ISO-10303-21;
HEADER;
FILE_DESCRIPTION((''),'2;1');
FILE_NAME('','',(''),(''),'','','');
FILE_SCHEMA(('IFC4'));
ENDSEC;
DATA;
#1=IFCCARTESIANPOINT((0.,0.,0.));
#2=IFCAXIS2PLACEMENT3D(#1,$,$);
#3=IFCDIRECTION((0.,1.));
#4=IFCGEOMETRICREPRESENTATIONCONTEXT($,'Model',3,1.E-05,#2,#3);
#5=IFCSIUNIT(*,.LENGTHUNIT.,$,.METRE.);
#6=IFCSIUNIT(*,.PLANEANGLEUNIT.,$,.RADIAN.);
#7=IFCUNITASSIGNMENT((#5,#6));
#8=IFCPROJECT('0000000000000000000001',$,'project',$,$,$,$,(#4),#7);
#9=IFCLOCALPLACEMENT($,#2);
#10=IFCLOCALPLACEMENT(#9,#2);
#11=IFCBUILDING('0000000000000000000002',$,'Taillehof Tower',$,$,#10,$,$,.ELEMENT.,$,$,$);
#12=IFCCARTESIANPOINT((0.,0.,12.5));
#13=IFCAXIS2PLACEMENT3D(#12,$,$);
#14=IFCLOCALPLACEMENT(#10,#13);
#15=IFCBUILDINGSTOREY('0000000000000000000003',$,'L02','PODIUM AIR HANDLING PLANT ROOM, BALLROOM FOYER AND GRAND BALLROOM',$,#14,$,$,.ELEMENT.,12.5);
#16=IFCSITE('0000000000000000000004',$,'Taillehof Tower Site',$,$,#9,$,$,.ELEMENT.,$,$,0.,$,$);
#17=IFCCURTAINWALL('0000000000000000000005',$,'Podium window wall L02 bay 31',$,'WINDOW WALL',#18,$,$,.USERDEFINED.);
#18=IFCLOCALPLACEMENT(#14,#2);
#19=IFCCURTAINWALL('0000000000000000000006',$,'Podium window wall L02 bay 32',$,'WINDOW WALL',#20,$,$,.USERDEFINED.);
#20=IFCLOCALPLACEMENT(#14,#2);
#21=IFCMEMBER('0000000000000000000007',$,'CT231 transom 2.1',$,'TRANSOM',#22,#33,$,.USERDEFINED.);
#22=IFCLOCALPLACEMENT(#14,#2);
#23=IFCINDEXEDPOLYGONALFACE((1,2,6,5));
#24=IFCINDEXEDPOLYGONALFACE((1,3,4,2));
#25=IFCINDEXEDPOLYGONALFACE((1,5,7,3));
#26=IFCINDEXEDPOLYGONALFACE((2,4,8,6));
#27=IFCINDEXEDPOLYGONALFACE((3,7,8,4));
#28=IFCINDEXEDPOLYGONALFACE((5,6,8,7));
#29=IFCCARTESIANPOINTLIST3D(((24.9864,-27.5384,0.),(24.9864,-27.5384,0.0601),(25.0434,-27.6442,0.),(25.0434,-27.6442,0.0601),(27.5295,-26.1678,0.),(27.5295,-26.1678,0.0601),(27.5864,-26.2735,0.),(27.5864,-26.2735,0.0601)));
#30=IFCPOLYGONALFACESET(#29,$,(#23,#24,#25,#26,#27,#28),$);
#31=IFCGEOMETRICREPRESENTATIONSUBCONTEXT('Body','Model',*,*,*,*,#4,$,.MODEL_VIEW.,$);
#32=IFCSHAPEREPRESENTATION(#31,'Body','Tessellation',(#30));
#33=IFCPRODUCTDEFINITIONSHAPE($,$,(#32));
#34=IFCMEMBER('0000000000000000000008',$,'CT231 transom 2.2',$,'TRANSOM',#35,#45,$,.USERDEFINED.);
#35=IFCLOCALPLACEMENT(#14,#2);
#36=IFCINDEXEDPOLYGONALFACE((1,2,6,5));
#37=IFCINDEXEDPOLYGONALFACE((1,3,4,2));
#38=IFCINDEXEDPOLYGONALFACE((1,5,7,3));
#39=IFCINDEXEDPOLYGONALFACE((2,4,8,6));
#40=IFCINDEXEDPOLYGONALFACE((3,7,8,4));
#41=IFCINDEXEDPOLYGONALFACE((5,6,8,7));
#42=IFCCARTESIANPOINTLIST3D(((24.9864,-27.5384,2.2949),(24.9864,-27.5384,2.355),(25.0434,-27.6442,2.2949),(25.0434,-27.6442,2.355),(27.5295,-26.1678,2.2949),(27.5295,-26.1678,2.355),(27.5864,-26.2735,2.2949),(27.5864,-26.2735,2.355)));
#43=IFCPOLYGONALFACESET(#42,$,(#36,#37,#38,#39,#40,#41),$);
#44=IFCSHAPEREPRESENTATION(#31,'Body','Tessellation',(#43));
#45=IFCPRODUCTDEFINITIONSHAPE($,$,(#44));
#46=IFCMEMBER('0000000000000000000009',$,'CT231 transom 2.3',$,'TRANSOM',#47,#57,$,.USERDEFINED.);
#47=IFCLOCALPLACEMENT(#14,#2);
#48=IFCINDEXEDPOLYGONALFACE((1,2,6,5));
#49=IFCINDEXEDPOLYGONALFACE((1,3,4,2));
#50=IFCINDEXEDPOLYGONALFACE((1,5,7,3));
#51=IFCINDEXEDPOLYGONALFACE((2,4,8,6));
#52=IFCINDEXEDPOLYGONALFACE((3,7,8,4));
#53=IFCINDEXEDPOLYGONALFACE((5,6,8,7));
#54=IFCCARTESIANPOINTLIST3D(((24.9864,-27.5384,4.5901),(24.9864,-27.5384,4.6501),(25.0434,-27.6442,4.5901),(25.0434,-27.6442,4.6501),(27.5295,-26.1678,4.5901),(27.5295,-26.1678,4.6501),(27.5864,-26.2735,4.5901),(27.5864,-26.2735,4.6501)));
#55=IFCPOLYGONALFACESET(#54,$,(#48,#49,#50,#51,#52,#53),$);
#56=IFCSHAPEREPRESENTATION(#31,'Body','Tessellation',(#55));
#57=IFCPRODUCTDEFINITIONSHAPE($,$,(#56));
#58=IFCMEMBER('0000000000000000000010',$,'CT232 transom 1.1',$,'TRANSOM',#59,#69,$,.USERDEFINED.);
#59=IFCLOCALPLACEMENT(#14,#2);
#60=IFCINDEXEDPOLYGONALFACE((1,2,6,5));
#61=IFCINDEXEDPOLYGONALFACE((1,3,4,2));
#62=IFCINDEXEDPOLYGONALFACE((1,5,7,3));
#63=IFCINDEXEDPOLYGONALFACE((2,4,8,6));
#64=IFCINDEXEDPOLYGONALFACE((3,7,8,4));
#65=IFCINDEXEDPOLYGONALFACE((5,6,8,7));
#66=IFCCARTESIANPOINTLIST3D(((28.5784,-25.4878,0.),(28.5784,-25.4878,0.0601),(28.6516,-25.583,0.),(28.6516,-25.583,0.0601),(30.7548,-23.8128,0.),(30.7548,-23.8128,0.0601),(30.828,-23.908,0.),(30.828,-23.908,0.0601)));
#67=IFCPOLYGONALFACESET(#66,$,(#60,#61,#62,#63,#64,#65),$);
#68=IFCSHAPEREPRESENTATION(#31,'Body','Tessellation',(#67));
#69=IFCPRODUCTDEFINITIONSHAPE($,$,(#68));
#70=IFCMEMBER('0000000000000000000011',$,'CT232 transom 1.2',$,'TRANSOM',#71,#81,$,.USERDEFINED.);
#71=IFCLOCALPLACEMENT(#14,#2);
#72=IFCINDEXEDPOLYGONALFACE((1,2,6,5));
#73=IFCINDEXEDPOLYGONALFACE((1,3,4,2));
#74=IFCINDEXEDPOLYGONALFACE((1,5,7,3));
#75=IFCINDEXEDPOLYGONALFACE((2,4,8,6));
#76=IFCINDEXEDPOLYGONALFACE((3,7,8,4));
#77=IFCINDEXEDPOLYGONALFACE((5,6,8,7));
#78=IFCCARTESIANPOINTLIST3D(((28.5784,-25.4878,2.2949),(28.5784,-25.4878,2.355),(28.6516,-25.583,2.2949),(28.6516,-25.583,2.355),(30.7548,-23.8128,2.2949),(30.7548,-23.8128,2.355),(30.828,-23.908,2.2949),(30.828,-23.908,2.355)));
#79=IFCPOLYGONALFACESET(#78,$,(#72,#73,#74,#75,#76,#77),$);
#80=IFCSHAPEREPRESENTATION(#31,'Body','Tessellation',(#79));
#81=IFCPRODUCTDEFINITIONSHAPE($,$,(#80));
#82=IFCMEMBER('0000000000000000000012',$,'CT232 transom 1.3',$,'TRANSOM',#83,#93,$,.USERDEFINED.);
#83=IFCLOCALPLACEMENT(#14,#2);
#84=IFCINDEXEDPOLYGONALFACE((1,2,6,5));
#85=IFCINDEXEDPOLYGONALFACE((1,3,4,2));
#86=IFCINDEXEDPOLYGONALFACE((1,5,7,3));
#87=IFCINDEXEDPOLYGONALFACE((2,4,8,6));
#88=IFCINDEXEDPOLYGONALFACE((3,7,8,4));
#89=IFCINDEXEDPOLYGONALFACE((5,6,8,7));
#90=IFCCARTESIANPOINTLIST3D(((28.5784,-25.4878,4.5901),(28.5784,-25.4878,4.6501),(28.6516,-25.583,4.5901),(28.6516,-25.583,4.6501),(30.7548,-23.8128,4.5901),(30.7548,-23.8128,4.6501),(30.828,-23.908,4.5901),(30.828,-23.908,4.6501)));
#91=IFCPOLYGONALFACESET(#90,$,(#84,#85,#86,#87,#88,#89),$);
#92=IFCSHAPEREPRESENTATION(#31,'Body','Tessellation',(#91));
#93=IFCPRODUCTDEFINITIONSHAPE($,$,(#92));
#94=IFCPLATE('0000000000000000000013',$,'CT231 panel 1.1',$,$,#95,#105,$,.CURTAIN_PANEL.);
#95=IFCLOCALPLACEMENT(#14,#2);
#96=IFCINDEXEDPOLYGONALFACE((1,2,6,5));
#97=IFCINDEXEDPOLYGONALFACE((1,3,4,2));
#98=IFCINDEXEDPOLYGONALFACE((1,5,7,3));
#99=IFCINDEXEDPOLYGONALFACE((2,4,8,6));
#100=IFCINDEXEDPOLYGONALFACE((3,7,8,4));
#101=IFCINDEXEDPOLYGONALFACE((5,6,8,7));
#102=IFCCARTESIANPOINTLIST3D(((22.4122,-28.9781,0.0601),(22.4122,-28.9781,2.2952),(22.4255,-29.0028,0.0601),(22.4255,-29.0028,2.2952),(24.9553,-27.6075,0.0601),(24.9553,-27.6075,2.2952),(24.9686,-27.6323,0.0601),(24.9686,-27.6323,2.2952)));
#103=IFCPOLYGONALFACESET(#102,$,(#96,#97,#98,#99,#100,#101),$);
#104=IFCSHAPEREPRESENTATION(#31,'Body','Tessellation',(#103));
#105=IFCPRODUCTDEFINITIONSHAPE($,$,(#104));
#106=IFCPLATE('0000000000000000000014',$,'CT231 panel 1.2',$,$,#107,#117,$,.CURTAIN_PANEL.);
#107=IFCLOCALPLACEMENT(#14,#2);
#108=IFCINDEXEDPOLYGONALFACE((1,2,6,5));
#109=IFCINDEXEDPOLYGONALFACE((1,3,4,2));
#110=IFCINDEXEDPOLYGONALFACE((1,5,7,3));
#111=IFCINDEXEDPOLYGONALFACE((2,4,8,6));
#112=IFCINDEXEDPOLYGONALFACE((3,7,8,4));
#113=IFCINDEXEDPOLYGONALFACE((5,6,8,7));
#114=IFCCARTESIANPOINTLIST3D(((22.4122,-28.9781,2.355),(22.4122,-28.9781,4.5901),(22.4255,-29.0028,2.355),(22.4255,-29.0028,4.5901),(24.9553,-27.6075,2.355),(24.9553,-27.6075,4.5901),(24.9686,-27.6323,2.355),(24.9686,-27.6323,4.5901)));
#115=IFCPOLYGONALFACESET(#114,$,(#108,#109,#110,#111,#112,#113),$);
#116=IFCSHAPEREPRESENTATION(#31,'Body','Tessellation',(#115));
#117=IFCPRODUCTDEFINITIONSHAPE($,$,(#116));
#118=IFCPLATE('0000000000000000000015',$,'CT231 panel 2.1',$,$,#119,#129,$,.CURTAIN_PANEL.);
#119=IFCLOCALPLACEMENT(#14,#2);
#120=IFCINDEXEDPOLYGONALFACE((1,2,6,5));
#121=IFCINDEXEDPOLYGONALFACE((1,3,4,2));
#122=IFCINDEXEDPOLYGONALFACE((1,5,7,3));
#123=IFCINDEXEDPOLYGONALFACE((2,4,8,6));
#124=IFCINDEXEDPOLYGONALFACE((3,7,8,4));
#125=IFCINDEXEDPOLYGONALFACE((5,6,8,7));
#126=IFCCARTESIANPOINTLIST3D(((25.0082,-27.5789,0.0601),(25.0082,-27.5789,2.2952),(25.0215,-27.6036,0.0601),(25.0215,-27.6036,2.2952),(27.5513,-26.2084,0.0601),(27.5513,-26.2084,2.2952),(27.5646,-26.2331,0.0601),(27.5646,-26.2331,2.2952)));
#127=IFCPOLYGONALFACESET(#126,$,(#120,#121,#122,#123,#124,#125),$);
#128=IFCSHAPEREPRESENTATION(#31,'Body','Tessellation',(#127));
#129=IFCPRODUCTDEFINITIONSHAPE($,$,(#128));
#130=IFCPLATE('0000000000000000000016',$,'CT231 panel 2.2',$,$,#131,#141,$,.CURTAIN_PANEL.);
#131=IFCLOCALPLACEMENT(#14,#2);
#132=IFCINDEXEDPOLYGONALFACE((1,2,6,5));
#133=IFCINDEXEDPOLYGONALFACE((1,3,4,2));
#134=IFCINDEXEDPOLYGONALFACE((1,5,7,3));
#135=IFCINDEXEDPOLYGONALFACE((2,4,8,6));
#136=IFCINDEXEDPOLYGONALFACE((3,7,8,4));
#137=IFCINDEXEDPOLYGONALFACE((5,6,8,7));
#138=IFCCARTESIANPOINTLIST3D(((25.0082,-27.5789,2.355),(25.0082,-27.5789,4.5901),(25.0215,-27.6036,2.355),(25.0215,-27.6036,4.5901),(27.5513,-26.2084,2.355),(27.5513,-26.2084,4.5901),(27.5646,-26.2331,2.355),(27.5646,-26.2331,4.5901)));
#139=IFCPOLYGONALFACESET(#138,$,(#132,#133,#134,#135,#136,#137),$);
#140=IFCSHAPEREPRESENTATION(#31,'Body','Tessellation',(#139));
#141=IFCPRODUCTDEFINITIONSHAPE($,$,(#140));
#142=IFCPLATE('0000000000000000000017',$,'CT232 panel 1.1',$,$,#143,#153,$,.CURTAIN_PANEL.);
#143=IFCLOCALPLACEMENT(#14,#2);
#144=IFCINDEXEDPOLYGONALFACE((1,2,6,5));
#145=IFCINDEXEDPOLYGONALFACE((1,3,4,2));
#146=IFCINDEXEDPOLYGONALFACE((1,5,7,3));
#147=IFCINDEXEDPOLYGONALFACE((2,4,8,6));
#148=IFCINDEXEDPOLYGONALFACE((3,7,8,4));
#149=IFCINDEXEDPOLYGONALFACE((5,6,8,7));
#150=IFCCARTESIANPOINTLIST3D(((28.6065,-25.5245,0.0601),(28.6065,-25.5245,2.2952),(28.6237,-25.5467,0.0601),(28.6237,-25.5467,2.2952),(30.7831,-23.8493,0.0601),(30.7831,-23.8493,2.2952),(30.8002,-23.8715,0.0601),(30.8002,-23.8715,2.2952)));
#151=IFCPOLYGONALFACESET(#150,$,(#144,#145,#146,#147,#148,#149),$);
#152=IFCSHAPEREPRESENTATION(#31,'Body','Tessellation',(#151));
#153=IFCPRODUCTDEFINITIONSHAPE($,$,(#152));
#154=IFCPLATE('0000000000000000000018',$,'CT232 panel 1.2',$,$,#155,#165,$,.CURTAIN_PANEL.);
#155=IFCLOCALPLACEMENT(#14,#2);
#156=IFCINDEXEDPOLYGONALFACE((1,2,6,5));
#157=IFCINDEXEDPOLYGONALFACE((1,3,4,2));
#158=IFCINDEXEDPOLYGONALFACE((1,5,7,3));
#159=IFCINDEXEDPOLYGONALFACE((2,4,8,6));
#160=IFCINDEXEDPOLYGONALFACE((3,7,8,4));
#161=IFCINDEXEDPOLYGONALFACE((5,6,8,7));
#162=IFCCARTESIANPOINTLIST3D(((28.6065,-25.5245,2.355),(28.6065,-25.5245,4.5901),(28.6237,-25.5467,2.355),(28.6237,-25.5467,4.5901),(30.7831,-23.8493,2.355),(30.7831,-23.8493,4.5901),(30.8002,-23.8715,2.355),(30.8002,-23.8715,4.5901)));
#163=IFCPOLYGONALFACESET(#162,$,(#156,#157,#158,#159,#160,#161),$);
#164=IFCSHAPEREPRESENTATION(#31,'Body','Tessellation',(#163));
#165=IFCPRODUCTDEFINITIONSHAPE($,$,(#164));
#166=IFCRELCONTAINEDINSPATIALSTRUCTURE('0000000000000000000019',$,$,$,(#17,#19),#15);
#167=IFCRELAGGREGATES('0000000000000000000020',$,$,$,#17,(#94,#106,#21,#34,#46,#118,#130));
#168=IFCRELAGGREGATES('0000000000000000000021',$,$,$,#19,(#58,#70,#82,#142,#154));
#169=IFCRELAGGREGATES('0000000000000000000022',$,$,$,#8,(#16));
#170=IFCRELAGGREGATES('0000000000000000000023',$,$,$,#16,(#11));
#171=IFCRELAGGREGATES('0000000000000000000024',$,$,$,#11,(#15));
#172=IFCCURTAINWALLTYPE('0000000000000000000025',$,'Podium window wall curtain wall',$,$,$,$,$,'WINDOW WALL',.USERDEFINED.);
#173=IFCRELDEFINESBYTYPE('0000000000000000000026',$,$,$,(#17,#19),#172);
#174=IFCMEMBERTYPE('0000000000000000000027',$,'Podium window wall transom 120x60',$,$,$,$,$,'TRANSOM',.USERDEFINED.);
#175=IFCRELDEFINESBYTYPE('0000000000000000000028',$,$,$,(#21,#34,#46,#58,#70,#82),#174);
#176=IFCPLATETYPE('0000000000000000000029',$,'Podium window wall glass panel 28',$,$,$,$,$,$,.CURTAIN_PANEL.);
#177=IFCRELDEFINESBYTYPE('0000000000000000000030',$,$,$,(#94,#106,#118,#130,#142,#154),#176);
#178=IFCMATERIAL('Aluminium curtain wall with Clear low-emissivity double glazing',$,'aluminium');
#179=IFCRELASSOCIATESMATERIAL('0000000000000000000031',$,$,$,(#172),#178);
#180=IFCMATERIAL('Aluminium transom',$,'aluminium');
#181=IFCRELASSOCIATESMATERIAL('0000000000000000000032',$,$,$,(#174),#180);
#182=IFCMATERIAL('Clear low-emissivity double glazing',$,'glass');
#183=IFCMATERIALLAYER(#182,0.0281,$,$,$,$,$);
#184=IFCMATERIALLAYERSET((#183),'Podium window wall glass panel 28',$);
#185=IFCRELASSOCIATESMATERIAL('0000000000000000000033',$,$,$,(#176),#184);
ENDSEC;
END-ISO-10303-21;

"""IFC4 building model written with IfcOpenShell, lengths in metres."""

from ifc_helpers import new_model, si_unit, direction, frame, origin, origin_2d, place, context, subcontext, project, spatial, rectangle, extrude, material, layer, layer_set, material_profile, profile_set, type_object, element, aggregate, save


model = new_model("IFC4")

# Units and contexts
model_context = context("Model", 3, precision=1e-05, world=origin(), true_north=direction((0.0, 1.0)))
body_context = subcontext(model_context, "Body", "Model", "MODEL_VIEW")
ifc_project = project(units=[si_unit("LENGTHUNIT", "METRE"), si_unit("PLANEANGLEUNIT", "RADIAN")], contexts=[model_context])

# Site, building, storey
site_placement = place(None, origin())
site = spatial("IfcSite", under=ifc_project, at=site_placement, Name="Taillehof Tower Site", CompositionType="ELEMENT", RefElevation=0.0)
building_placement = place(site_placement, origin())
building = spatial("IfcBuilding", under=site, at=building_placement, Name="Taillehof Tower", CompositionType="ELEMENT")
storey_placement = place(building_placement, frame((0.0, 0.0, 12.5)))
storey = spatial("IfcBuildingStorey", under=building, at=storey_placement, Name="L02", Description="PODIUM AIR HANDLING PLANT ROOM, BALLROOM FOYER AND GRAND BALLROOM", CompositionType="ELEMENT", Elevation=12.5)

# Shared definitions
ifc_material_1 = material(Name="Aluminium curtain wall with Clear low-emissivity double glazing", Category="aluminium")
curtain_wall_type = type_object("IfcCurtainWallType", Name="Podium window wall curtain wall", ElementType="WINDOW WALL", PredefinedType="USERDEFINED", material=ifc_material_1)

# Curtain wall
curtain_wall_1_placement = place(storey_placement, origin())
curtain_wall_1 = element("IfcCurtainWall", 1, at=curtain_wall_1_placement, inside=storey, type_object=curtain_wall_type, Name="Podium window wall L02 bay 31", ObjectType="WINDOW WALL", PredefinedType="USERDEFINED")

# Curtain wall
curtain_wall_2_placement = place(storey_placement, origin())
curtain_wall_2 = element("IfcCurtainWall", 2, at=curtain_wall_2_placement, inside=storey, type_object=curtain_wall_type, Name="Podium window wall L02 bay 32", ObjectType="WINDOW WALL", PredefinedType="USERDEFINED")

# Members
ifc_material_2 = material(Name="Aluminium transom", Category="aluminium")
ifc_material_profile_1 = material_profile(ifc_material_2, rectangle(XDim=0.1201, YDim=0.0601, at=origin_2d()), Name="AL 120x60")
ifc_profile_set_1 = profile_set([ifc_material_profile_1], Name="Aluminium transom")
member_type_1 = type_object("IfcMemberType", Name="Podium window wall transom 120x60", ElementType="TRANSOM", PredefinedType="USERDEFINED", material=ifc_profile_set_1)
member_1_placement = place(storey_placement, frame((25.0149, -27.5913, 0.03), z_axis=(0.880281, 0.474453, 0.0), x_axis=(-0.474453, 0.880281, 0.0)))
member_1 = element("IfcMember", 3, at=member_1_placement, type_object=member_type_1, Name="CT231 transom 2.1", ObjectType="TRANSOM", PredefinedType="USERDEFINED", context=body_context, shape_type="SweptSolid", body=[
    extrude(rectangle(XDim=0.1201, YDim=0.0601, at=origin_2d()), origin(), (0.0, 0.0, 1.0), 2.8889),
])
member_2_placement = place(storey_placement, frame((25.0149, -27.5913, 2.325), z_axis=(0.880281, 0.474453, 0.0), x_axis=(-0.474453, 0.880281, 0.0)))
member_2 = element("IfcMember", 4, at=member_2_placement, type_object=member_type_1, Name="CT231 transom 2.2", ObjectType="TRANSOM", PredefinedType="USERDEFINED", context=body_context, shape_type="SweptSolid", body=[
    extrude(rectangle(XDim=0.1201, YDim=0.0601, at=origin_2d()), origin(), (0.0, 0.0, 1.0), 2.8889),
])
member_3_placement = place(storey_placement, frame((25.0149, -27.5913, 4.6201), z_axis=(0.880281, 0.474453, 0.0), x_axis=(-0.474453, 0.880281, 0.0)))
member_3 = element("IfcMember", 5, at=member_3_placement, type_object=member_type_1, Name="CT231 transom 2.3", ObjectType="TRANSOM", PredefinedType="USERDEFINED", context=body_context, shape_type="SweptSolid", body=[
    extrude(rectangle(XDim=0.1201, YDim=0.0601, at=origin_2d()), origin(), (0.0, 0.0, 1.0), 2.8889),
])
member_4_placement = place(storey_placement, frame((28.615, -25.5354, 0.03), z_axis=(0.792482, 0.609895, 0.0), x_axis=(-0.609895, 0.792482, 0.0)))
member_4 = element("IfcMember", 6, at=member_4_placement, type_object=member_type_1, Name="CT232 transom 1.1", ObjectType="TRANSOM", PredefinedType="USERDEFINED", context=body_context, shape_type="SweptSolid", body=[
    extrude(rectangle(XDim=0.1201, YDim=0.0601, at=origin_2d()), origin(), (0.0, 0.0, 1.0), 2.7463),
])
member_5_placement = place(storey_placement, frame((28.615, -25.5354, 2.325), z_axis=(0.792482, 0.609895, 0.0), x_axis=(-0.609895, 0.792482, 0.0)))
member_5 = element("IfcMember", 7, at=member_5_placement, type_object=member_type_1, Name="CT232 transom 1.2", ObjectType="TRANSOM", PredefinedType="USERDEFINED", context=body_context, shape_type="SweptSolid", body=[
    extrude(rectangle(XDim=0.1201, YDim=0.0601, at=origin_2d()), origin(), (0.0, 0.0, 1.0), 2.7463),
])
member_6_placement = place(storey_placement, frame((28.615, -25.5354, 4.6201), z_axis=(0.792482, 0.609895, 0.0), x_axis=(-0.609895, 0.792482, 0.0)))
member_6 = element("IfcMember", 8, at=member_6_placement, type_object=member_type_1, Name="CT232 transom 1.3", ObjectType="TRANSOM", PredefinedType="USERDEFINED", context=body_context, shape_type="SweptSolid", body=[
    extrude(rectangle(XDim=0.1201, YDim=0.0601, at=origin_2d()), origin(), (0.0, 0.0, 1.0), 2.7463),
])

# Plates
ifc_material_3 = material(Name="Clear low-emissivity double glazing", Category="glass")
ifc_layer = layer(ifc_material_3, 0.0281)
ifc_layer_set = layer_set([ifc_layer], Name="Podium window wall glass panel 28")
plate_type = type_object("IfcPlateType", Name="Podium window wall glass panel 28", PredefinedType="CURTAIN_PANEL", material=ifc_layer_set)
plate_1_placement = place(storey_placement, frame((23.6904, -28.3052, 0.0601), z_axis=(0.0, 0.0, 1.0), x_axis=(0.880301, 0.474415, 0.0)))
plate_1 = element("IfcPlate", 9, at=plate_1_placement, type_object=plate_type, Name="CT231 panel 1.1", PredefinedType="CURTAIN_PANEL", context=body_context, shape_type="SweptSolid", body=[
    extrude(rectangle(XDim=2.8889, YDim=0.0281, at=origin_2d()), origin(), (0.0, 0.0, 1.0), 2.2351),
])
plate_2_placement = place(storey_placement, frame((23.6904, -28.3052, 2.355), z_axis=(0.0, 0.0, 1.0), x_axis=(0.880301, 0.474415, 0.0)))
plate_2 = element("IfcPlate", 10, at=plate_2_placement, type_object=plate_type, Name="CT231 panel 1.2", PredefinedType="CURTAIN_PANEL", context=body_context, shape_type="SweptSolid", body=[
    extrude(rectangle(XDim=2.8889, YDim=0.0281, at=origin_2d()), origin(), (0.0, 0.0, 1.0), 2.2351),
])
plate_3_placement = place(storey_placement, frame((26.2864, -26.906, 0.0601), z_axis=(0.0, 0.0, 1.0), x_axis=(0.880301, 0.474415, 0.0)))
plate_3 = element("IfcPlate", 11, at=plate_3_placement, type_object=plate_type, Name="CT231 panel 2.1", PredefinedType="CURTAIN_PANEL", context=body_context, shape_type="SweptSolid", body=[
    extrude(rectangle(XDim=2.8889, YDim=0.0281, at=origin_2d()), origin(), (0.0, 0.0, 1.0), 2.2351),
])
plate_4_placement = place(storey_placement, frame((26.2864, -26.906, 2.355), z_axis=(0.0, 0.0, 1.0), x_axis=(0.880301, 0.474415, 0.0)))
plate_4 = element("IfcPlate", 12, at=plate_4_placement, type_object=plate_type, Name="CT231 panel 2.2", PredefinedType="CURTAIN_PANEL", context=body_context, shape_type="SweptSolid", body=[
    extrude(rectangle(XDim=2.8889, YDim=0.0281, at=origin_2d()), origin(), (0.0, 0.0, 1.0), 2.2351),
])
aggregate(curtain_wall_1, [plate_1, plate_2, member_1, member_2, member_3, plate_3, plate_4])
plate_5_placement = place(storey_placement, frame((29.7034, -24.698, 0.0601), z_axis=(0.0, 0.0, 1.0), x_axis=(0.792454, 0.609932, 0.0)))
plate_5 = element("IfcPlate", 13, at=plate_5_placement, type_object=plate_type, Name="CT232 panel 1.1", PredefinedType="CURTAIN_PANEL", context=body_context, shape_type="SweptSolid", body=[
    extrude(rectangle(XDim=2.7466, YDim=0.0281, at=origin_2d()), origin(), (0.0, 0.0, 1.0), 2.2351),
])
plate_6_placement = place(storey_placement, frame((29.7034, -24.698, 2.355), z_axis=(0.0, 0.0, 1.0), x_axis=(0.792454, 0.609932, 0.0)))
plate_6 = element("IfcPlate", 14, at=plate_6_placement, type_object=plate_type, Name="CT232 panel 1.2", PredefinedType="CURTAIN_PANEL", context=body_context, shape_type="SweptSolid", body=[
    extrude(rectangle(XDim=2.7466, YDim=0.0281, at=origin_2d()), origin(), (0.0, 0.0, 1.0), 2.2351),
])
aggregate(curtain_wall_2, [member_4, member_5, member_6, plate_5, plate_6])

save(model, "model.ifc")
